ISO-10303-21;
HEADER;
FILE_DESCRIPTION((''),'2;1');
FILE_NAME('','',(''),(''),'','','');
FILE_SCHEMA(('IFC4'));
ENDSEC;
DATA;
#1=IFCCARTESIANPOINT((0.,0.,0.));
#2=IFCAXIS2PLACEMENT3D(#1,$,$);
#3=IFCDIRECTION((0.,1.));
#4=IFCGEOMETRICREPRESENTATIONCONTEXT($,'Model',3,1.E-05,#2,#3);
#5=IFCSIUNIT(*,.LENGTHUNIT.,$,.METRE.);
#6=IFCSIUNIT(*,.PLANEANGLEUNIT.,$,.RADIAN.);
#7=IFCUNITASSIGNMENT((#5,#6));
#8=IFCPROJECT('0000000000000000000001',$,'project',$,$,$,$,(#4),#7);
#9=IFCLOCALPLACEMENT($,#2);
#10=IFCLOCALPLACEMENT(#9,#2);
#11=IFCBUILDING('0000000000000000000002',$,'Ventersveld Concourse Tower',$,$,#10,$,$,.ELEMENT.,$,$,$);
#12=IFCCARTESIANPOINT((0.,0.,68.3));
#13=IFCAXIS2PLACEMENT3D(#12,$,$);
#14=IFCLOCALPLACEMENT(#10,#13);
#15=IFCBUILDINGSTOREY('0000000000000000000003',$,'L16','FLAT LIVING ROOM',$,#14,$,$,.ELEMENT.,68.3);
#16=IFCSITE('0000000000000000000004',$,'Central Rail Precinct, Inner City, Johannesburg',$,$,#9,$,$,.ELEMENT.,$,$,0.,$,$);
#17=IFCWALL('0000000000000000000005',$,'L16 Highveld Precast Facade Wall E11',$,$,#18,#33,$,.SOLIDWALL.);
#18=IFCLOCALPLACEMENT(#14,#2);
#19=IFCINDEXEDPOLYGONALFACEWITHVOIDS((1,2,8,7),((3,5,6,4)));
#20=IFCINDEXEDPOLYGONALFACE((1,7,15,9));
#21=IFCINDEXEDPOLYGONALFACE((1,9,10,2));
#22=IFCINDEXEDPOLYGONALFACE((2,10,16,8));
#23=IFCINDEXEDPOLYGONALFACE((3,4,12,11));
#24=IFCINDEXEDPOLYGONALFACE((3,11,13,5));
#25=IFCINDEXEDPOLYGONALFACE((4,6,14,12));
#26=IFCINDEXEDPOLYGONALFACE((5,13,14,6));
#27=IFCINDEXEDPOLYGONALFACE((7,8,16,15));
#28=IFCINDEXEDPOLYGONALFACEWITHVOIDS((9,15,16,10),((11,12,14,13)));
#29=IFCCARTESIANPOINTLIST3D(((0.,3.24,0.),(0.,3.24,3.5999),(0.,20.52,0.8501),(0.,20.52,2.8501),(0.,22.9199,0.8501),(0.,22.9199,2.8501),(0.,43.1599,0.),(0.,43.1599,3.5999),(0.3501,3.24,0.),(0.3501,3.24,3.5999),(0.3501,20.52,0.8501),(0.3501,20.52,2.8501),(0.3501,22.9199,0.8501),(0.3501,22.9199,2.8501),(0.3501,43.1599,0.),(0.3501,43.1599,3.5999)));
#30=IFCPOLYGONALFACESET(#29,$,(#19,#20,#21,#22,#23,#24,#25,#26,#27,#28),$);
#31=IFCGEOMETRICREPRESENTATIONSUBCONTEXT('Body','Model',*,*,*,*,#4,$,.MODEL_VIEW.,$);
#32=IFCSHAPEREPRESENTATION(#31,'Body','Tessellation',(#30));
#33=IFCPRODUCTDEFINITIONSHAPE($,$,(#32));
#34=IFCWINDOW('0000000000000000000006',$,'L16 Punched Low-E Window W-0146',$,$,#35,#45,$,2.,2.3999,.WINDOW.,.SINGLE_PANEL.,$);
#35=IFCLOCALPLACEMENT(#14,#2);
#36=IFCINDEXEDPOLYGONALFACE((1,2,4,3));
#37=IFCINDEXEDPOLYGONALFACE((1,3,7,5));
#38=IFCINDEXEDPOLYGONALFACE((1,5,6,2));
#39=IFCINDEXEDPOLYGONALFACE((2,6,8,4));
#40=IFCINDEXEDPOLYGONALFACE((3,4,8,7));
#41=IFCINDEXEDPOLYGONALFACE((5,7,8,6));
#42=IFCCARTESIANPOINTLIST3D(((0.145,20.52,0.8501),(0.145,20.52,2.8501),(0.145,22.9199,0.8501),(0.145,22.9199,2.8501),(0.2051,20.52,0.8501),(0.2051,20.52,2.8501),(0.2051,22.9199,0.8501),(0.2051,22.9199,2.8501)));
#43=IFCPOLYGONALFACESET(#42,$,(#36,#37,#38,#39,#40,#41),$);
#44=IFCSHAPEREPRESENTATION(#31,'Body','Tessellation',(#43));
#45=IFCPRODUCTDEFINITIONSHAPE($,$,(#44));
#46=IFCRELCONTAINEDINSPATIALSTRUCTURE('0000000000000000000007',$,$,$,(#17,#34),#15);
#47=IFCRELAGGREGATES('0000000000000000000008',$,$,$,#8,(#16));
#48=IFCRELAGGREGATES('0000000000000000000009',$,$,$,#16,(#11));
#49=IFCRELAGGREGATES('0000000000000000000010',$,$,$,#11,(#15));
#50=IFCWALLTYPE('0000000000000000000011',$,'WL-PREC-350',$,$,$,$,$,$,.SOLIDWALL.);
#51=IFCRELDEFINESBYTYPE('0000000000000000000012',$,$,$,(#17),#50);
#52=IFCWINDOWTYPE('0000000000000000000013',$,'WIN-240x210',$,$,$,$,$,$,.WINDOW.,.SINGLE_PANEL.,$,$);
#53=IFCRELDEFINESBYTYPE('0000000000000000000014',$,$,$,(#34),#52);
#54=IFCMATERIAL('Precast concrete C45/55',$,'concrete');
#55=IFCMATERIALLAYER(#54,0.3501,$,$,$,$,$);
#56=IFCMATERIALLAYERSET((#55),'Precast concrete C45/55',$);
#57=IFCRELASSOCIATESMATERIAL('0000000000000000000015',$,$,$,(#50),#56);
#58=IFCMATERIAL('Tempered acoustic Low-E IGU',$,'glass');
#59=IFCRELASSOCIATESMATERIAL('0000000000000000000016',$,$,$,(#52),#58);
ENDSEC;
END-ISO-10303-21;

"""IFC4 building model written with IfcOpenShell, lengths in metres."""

from ifc_helpers import new_model, si_unit, direction, frame, frame_2d, origin, place, context, subcontext, project, spatial, rectangle, extrude, material, layer, layer_set, type_object, element, fill, save


model = new_model("IFC4")

# Units and contexts
model_context = context("Model", 3, precision=1e-05, world=origin(), true_north=direction((0.0, 1.0)))
body_context = subcontext(model_context, "Body", "Model", "MODEL_VIEW")
ifc_project = project(units=[si_unit("LENGTHUNIT", "METRE"), si_unit("PLANEANGLEUNIT", "RADIAN")], contexts=[model_context])

# Site, building, storey
site_placement = place(None, origin())
site = spatial("IfcSite", under=ifc_project, at=site_placement, Name="Central Rail Precinct, Inner City, Johannesburg", CompositionType="ELEMENT", RefElevation=0.0)
building_placement = place(site_placement, origin())
building = spatial("IfcBuilding", under=site, at=building_placement, Name="Ventersveld Concourse Tower", CompositionType="ELEMENT")
storey_placement = place(building_placement, frame((0.0, 0.0, 68.3)))
storey = spatial("IfcBuildingStorey", under=building, at=storey_placement, Name="L16", Description="FLAT LIVING ROOM", CompositionType="ELEMENT", Elevation=68.3)

# Shared definitions
ifc_material_1 = material(Name="Precast concrete C45/55", Category="concrete")

# Shared definitions
ifc_layer_1 = layer(ifc_material_1, 0.3501)
ifc_layer_set_1 = layer_set([ifc_layer_1], Name="Precast concrete C45/55")
wall_type_1 = type_object("IfcWallType", Name="WL-PREC-350", PredefinedType="SOLIDWALL", material=ifc_layer_set_1)

# Wall, opening, window
wall_1_placement = place(storey_placement, frame((0.175, 43.1599, 0.0), z_axis=(0.0, 0.0, 1.0), x_axis=(0.0, -1.0, 0.0)))
wall_1 = element("IfcWall", 1, at=wall_1_placement, inside=storey, type_object=wall_type_1, Name="L16 Highveld Precast Facade Wall E11", PredefinedType="SOLIDWALL", context=body_context, shape_type="SweptSolid", body=[
    extrude(rectangle(XDim=39.9199, YDim=0.3501, at=frame_2d((19.96, 0.0))), origin(), (0.0, 0.0, 1.0), 3.5999),
])
opening_1_placement = place(wall_1_placement, frame((20.24, 0.0, 0.8501)))
opening_1 = element("IfcOpeningElement", 2, at=opening_1_placement, cuts=wall_1, PredefinedType="OPENING", context=body_context, shape_type="SweptSolid", body=[
    extrude(rectangle(XDim=2.3999, YDim=2.0, at=frame_2d((1.2, 1.0))), frame((0.0, 0.1851, 0.0), z_axis=(0.0, -1.0, 0.0), x_axis=(1.0, 0.0, 0.0)), (0.0, 0.0, 1.0), 0.3701),
])
ifc_material_2 = material(Name="Tempered acoustic Low-E IGU", Category="glass")
window_type = type_object("IfcWindowType", Name="WIN-240x210", PartitioningType="SINGLE_PANEL", PredefinedType="WINDOW", material=ifc_material_2)
window_placement = place(opening_1_placement, origin())
window = element("IfcWindow", 3, at=window_placement, inside=storey, type_object=window_type, Name="L16 Punched Low-E Window W-0146", OverallHeight=2.0, OverallWidth=2.3999, PartitioningType="SINGLE_PANEL", PredefinedType="WINDOW", context=body_context, shape_type="SweptSolid", body=[
    extrude(rectangle(XDim=2.3999, YDim=2.0, at=frame_2d((1.2, 1.0))), frame((0.0, 0.03, 0.0), z_axis=(0.0, -1.0, 0.0), x_axis=(1.0, 0.0, 0.0)), (0.0, 0.0, 1.0), 0.0601),
])
fill(opening_1, window)

save(model, "model.ifc")
